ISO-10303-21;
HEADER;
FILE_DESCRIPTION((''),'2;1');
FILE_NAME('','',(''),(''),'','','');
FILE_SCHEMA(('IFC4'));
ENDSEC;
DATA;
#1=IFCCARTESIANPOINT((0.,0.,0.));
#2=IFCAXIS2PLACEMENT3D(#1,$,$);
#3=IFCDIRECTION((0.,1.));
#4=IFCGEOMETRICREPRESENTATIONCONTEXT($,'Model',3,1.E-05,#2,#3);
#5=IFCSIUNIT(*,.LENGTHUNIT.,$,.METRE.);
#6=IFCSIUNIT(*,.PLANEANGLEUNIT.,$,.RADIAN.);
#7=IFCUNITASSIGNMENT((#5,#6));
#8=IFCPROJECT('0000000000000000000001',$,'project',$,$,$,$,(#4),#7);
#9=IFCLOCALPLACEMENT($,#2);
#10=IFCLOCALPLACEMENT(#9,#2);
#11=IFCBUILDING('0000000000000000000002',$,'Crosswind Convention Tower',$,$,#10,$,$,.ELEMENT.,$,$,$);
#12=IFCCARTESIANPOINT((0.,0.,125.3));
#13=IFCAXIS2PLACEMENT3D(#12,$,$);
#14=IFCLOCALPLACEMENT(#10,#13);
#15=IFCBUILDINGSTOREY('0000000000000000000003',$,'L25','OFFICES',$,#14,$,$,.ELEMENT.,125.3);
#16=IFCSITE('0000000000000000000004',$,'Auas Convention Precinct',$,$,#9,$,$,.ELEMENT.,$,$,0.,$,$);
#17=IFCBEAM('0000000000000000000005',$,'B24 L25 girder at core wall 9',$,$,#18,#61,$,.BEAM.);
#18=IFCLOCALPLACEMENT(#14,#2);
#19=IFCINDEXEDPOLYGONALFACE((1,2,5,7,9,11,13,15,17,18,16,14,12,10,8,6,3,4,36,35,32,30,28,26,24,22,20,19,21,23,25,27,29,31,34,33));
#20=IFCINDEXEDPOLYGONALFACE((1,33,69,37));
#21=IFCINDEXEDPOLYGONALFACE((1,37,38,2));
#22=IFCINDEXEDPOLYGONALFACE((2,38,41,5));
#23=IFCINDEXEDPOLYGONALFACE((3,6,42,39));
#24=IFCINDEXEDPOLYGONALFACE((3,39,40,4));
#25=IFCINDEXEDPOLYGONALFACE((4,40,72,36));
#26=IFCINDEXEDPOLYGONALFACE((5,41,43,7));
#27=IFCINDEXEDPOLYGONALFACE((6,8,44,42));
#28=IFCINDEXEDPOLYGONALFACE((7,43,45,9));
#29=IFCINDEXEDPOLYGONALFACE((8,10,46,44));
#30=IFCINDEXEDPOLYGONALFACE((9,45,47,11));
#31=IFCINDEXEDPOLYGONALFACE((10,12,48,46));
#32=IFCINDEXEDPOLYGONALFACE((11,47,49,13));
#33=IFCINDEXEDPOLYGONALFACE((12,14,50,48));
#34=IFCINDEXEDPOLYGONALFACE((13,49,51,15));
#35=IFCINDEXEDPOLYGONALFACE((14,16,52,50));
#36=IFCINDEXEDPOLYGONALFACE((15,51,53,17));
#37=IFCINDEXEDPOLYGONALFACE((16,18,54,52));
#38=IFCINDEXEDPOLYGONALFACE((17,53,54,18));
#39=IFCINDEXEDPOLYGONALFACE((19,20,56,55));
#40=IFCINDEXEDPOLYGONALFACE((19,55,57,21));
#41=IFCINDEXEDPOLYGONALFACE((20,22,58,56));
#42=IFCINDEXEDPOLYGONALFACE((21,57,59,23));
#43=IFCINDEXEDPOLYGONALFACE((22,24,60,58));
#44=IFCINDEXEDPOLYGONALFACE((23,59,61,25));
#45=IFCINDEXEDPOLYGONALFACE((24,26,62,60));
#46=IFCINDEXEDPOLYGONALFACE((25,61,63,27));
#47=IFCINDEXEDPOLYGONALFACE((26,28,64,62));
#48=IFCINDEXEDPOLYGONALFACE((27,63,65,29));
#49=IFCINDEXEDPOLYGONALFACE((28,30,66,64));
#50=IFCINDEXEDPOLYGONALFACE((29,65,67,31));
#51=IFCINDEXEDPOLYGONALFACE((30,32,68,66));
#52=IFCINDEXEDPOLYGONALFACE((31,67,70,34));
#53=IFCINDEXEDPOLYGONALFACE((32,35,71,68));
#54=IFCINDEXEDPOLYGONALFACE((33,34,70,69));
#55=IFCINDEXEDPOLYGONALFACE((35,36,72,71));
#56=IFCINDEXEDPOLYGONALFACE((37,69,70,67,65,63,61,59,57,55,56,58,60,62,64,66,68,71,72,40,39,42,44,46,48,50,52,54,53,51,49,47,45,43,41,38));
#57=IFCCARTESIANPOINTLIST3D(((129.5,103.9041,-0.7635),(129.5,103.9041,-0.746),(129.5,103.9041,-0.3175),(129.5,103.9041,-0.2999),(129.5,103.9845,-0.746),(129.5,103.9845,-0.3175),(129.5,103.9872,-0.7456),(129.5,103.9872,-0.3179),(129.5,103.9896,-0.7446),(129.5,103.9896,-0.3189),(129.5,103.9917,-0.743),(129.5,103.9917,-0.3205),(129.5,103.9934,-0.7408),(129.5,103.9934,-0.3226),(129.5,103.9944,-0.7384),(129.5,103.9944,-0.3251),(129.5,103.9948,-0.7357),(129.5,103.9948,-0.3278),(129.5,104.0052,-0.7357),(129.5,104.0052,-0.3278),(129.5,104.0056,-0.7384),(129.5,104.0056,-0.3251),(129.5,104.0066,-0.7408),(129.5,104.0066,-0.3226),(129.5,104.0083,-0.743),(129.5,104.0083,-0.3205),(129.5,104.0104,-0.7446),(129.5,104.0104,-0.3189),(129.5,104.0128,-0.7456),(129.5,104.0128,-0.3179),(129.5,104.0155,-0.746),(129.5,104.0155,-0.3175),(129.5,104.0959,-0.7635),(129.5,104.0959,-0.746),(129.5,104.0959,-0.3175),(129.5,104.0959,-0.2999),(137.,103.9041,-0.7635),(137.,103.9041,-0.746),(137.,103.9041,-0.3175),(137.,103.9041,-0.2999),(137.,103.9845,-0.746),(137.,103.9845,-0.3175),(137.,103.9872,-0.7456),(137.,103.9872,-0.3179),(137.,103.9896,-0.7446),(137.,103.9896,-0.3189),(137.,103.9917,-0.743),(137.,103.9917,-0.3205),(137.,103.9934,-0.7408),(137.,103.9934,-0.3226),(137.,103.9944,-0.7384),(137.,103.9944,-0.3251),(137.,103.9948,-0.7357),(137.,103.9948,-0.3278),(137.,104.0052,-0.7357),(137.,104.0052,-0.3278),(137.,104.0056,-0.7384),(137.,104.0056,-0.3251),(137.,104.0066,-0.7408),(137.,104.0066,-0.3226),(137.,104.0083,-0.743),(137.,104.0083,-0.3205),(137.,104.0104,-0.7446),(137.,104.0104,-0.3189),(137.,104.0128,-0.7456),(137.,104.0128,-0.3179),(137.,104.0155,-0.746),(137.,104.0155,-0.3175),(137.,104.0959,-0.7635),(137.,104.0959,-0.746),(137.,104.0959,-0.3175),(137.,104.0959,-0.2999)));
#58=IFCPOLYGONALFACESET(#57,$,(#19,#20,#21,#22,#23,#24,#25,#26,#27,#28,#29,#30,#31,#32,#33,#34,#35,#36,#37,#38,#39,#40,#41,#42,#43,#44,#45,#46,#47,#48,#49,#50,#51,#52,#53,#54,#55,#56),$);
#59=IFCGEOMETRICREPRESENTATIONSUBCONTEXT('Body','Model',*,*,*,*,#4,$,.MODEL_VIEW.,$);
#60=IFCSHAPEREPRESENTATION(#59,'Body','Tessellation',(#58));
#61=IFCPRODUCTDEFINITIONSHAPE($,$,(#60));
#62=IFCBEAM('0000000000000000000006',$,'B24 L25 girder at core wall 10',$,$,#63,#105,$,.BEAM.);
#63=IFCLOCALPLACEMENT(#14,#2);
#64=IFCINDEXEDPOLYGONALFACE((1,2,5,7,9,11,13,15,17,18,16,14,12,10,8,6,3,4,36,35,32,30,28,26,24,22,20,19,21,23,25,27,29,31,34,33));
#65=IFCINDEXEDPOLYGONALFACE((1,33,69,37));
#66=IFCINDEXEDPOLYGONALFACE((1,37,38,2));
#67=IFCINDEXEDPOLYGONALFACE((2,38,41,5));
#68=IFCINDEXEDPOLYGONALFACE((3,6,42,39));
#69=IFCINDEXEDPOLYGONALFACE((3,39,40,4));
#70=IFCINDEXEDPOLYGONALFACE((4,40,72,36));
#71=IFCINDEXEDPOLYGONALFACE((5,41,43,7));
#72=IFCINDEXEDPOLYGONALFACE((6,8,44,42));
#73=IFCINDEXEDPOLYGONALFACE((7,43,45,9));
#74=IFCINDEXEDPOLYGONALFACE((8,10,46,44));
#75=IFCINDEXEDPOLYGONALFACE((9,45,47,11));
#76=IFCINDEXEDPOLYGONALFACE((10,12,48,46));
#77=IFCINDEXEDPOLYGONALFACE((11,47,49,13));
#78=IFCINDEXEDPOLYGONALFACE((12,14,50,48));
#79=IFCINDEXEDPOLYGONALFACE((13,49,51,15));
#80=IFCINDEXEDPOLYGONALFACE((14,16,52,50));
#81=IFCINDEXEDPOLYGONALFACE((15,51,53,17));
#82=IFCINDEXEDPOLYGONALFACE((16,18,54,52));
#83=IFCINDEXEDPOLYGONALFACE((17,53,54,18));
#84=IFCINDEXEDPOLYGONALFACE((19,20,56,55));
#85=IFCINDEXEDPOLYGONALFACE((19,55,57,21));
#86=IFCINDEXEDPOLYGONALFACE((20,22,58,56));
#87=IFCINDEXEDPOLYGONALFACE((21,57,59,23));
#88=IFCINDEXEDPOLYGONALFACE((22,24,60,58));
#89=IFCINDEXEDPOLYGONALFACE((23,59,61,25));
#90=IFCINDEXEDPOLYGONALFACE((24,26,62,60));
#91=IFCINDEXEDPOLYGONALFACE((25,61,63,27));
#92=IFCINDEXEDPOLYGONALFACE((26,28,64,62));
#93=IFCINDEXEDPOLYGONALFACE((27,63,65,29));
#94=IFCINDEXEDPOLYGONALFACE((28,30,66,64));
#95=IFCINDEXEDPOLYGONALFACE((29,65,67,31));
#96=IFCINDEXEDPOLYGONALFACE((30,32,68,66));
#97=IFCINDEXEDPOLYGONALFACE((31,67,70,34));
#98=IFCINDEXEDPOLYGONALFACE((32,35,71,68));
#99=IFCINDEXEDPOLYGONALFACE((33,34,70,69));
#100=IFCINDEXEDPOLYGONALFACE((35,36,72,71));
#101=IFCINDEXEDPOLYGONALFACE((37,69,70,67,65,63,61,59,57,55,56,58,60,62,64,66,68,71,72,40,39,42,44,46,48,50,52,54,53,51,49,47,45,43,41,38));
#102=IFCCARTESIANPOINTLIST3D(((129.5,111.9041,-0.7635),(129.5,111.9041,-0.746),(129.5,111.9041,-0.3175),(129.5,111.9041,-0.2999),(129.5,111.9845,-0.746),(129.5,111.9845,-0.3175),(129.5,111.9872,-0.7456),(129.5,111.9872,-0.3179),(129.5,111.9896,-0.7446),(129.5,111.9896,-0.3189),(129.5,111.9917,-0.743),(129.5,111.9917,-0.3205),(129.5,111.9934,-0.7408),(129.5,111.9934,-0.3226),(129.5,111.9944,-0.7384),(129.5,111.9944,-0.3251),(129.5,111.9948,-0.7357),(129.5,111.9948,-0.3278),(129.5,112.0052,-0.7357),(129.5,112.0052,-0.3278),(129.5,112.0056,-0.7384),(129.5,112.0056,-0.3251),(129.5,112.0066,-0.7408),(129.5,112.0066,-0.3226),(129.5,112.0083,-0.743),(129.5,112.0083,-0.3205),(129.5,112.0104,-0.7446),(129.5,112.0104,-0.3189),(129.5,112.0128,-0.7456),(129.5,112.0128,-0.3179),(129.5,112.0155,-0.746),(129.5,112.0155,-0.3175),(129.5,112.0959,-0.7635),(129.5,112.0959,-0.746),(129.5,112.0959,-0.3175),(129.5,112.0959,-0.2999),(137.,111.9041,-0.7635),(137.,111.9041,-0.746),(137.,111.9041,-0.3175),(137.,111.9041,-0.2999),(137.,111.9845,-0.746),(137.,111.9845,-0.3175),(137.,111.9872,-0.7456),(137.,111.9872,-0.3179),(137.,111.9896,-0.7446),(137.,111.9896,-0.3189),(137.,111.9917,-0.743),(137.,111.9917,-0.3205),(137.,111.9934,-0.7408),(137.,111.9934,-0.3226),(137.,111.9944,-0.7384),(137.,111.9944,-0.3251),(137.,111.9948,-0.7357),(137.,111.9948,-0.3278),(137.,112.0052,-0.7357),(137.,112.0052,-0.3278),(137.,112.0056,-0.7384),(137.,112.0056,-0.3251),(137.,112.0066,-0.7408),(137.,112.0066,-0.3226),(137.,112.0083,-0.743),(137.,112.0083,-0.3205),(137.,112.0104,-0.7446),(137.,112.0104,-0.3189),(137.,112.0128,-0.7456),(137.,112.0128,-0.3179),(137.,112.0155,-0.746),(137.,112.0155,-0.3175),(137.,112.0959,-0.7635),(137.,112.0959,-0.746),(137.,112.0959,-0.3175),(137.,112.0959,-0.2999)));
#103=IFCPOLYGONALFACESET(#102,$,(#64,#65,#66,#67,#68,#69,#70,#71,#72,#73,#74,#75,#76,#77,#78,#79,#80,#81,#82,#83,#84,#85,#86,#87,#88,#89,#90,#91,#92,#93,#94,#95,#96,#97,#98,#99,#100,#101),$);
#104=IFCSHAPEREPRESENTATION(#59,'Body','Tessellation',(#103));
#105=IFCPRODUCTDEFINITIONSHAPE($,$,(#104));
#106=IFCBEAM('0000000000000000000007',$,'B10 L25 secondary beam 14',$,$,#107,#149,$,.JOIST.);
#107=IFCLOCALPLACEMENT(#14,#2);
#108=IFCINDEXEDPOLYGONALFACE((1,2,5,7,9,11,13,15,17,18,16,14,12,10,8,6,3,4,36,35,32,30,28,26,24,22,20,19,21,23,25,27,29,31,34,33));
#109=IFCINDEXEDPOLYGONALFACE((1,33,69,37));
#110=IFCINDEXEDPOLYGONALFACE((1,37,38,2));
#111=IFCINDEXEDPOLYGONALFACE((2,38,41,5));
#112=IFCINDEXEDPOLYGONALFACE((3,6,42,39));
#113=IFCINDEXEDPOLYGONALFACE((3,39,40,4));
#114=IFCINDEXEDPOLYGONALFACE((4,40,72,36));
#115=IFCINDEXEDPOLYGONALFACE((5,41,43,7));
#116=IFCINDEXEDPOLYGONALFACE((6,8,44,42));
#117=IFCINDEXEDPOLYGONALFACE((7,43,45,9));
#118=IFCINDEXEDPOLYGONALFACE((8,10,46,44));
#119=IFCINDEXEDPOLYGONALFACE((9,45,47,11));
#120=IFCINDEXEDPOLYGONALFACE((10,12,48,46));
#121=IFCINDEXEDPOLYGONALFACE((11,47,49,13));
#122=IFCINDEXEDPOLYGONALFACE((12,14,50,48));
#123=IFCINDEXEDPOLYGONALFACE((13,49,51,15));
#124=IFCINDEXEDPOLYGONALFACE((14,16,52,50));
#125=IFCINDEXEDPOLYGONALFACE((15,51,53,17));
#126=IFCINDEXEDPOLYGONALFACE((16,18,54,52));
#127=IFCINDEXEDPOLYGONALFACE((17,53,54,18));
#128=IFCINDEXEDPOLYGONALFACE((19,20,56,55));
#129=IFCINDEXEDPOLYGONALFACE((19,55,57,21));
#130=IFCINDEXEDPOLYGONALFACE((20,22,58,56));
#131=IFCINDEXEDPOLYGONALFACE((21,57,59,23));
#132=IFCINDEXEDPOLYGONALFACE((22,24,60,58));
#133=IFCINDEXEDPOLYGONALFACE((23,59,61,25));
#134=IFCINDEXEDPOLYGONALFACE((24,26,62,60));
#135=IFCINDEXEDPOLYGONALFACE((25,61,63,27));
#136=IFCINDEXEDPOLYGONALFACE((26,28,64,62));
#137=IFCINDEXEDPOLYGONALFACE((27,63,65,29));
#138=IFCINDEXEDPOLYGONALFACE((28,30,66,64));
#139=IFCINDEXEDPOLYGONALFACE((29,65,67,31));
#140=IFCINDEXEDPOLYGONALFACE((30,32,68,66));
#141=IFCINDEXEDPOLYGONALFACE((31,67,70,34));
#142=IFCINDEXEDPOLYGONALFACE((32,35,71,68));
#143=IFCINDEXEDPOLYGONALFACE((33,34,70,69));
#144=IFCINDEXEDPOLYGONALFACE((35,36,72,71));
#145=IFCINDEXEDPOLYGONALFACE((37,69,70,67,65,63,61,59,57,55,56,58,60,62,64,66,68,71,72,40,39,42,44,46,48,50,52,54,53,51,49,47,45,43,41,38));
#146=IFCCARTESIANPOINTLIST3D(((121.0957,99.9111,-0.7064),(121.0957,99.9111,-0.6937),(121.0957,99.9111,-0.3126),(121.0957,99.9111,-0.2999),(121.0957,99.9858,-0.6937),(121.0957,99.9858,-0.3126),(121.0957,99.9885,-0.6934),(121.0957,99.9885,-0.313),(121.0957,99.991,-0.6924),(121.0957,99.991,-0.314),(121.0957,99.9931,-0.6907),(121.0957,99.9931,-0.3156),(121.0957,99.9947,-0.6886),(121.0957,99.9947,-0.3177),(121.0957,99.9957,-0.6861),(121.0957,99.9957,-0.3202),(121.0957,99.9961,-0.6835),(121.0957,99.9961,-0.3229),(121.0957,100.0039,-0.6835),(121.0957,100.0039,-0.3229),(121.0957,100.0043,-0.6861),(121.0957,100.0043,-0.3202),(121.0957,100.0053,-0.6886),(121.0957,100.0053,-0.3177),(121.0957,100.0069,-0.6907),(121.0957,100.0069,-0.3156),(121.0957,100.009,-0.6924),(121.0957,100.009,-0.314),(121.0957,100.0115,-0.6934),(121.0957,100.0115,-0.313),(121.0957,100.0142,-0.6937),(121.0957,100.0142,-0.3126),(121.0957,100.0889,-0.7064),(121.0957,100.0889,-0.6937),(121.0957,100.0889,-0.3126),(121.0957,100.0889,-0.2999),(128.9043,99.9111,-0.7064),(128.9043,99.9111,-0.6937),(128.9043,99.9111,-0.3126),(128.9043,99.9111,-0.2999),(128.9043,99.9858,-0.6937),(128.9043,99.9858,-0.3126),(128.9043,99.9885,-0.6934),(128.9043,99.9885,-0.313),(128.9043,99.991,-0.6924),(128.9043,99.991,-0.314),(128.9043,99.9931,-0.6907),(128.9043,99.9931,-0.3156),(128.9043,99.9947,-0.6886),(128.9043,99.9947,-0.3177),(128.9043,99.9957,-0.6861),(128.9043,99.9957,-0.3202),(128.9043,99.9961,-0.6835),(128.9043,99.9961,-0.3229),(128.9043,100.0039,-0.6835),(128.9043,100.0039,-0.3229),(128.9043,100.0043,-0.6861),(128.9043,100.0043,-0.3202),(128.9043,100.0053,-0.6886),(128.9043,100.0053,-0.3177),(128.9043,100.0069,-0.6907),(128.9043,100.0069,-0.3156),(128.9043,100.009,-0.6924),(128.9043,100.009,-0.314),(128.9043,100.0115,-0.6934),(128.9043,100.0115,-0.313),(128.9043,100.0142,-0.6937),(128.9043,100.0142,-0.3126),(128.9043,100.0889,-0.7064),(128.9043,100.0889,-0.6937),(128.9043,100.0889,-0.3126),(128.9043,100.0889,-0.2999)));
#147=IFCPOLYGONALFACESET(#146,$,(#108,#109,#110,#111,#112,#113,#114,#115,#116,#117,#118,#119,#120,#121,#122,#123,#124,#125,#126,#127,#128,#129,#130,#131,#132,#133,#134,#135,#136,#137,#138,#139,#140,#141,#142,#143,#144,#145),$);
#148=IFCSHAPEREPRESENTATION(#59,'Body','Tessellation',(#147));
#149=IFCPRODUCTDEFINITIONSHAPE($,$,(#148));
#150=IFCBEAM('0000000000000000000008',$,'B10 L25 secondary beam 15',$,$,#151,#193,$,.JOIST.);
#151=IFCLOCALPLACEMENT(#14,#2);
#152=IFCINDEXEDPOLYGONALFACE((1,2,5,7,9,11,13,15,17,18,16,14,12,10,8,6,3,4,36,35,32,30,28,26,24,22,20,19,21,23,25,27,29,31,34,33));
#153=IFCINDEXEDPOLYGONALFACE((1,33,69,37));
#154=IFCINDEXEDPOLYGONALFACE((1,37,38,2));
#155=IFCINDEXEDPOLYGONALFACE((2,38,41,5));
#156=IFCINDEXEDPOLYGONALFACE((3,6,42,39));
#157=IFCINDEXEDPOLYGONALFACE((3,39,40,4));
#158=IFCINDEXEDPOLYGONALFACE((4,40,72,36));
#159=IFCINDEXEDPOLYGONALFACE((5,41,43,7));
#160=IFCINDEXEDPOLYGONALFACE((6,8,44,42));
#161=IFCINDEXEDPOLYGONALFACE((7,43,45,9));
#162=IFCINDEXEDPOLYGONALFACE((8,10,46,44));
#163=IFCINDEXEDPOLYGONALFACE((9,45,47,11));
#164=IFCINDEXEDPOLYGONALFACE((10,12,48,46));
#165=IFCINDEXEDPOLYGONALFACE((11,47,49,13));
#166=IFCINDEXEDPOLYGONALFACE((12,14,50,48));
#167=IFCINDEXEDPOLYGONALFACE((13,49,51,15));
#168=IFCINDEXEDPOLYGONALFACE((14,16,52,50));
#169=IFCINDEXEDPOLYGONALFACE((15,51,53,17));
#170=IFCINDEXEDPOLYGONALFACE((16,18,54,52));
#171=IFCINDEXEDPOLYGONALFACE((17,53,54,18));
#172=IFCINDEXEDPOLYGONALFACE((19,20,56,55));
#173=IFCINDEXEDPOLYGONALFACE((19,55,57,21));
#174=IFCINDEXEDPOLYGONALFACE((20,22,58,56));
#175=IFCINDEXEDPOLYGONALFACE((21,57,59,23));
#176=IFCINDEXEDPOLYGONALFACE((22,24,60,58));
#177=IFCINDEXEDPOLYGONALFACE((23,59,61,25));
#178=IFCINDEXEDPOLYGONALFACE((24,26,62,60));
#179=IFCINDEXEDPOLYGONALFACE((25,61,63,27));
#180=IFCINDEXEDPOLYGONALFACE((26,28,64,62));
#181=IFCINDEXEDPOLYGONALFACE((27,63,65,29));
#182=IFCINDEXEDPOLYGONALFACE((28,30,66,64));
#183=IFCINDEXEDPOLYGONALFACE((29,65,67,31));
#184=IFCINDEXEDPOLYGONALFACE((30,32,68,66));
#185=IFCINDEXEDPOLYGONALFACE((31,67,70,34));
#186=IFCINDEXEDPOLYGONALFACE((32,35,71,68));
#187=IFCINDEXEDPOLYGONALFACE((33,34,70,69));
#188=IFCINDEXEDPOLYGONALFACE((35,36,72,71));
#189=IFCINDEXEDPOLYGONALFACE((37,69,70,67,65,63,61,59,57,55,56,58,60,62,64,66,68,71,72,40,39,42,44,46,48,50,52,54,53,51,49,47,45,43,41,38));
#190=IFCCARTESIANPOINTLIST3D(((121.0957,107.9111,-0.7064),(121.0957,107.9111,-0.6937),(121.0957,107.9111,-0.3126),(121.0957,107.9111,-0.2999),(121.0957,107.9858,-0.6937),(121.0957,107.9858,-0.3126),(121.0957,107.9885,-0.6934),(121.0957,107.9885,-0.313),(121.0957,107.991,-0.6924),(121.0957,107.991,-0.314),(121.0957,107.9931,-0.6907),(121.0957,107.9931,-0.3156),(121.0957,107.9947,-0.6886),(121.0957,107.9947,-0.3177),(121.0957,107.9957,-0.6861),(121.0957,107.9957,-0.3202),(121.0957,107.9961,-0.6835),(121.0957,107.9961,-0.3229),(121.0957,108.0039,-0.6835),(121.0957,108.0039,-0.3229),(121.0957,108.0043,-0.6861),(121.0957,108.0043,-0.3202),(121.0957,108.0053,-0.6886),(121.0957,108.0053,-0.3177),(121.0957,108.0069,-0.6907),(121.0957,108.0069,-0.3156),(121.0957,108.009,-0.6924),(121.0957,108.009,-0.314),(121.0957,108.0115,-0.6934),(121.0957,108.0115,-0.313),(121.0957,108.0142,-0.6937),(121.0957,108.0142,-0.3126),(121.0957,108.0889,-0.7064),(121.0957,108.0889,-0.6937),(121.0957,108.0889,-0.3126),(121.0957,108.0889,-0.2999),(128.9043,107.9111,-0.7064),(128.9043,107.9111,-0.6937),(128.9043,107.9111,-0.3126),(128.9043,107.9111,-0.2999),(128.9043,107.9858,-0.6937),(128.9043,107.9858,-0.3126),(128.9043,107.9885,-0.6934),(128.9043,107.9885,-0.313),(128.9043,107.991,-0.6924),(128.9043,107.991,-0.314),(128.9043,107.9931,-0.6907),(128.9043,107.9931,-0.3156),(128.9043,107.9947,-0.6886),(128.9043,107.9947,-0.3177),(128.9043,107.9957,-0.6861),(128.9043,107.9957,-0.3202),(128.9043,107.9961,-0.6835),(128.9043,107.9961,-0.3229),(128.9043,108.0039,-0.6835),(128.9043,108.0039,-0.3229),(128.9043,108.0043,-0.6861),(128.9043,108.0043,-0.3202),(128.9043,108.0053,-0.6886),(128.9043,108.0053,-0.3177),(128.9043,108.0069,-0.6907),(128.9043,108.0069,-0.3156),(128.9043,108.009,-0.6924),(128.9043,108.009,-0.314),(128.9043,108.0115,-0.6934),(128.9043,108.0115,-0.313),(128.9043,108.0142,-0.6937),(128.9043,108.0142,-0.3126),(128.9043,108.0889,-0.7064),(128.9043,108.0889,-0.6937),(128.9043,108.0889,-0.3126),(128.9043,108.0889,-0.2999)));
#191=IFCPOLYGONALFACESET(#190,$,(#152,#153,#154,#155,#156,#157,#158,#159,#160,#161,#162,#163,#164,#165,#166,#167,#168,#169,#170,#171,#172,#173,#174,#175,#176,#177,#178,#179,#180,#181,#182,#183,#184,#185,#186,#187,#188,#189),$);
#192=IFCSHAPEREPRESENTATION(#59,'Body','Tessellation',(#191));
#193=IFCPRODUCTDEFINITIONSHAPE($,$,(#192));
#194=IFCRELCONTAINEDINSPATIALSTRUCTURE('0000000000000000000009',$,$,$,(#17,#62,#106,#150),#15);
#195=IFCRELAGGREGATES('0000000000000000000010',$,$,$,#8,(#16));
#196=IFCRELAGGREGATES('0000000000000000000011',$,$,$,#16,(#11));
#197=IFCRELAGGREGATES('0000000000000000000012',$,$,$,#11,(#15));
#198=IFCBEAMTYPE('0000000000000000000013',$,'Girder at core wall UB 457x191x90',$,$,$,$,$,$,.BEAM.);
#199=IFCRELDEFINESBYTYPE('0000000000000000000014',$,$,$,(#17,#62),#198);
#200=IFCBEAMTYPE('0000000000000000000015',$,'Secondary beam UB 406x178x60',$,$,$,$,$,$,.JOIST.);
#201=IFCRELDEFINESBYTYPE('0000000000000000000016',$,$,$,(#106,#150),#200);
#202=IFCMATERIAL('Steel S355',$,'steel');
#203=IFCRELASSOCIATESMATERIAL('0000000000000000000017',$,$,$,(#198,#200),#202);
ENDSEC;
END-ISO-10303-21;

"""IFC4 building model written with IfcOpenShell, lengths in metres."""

from ifc_helpers import new_model, si_unit, direction, frame, origin, origin_2d, place, context, subcontext, project, spatial, i_section, extrude, material, material_profile, profile_set, type_object, element, save


model = new_model("IFC4")

# Units and contexts
model_context = context("Model", 3, precision=1e-05, world=origin(), true_north=direction((0.0, 1.0)))
body_context = subcontext(model_context, "Body", "Model", "MODEL_VIEW")
ifc_project = project(units=[si_unit("LENGTHUNIT", "METRE"), si_unit("PLANEANGLEUNIT", "RADIAN")], contexts=[model_context])

# Site, building, storey
site_placement = place(None, origin())
site = spatial("IfcSite", under=ifc_project, at=site_placement, Name="Auas Convention Precinct", CompositionType="ELEMENT", RefElevation=0.0)
building_placement = place(site_placement, origin())
building = spatial("IfcBuilding", under=site, at=building_placement, Name="Crosswind Convention Tower", CompositionType="ELEMENT")
storey_placement = place(building_placement, frame((0.0, 0.0, 125.3)))
storey = spatial("IfcBuildingStorey", under=building, at=storey_placement, Name="L25", Description="OFFICES", CompositionType="ELEMENT", Elevation=125.3)

# Beams
ifc_material_1 = material(Name="Steel S355", Category="steel")
ifc_material_profile_1 = material_profile(ifc_material_1, i_section(OverallWidth=0.1919, OverallDepth=0.4636, WebThickness=0.0105, FlangeThickness=0.0176, FilletRadius=0.0103, at=origin_2d()), Name="UB 457x191x90")
ifc_profile_set_1 = profile_set([ifc_material_profile_1], Name="Steel S355")
beam_type_1 = type_object("IfcBeamType", Name="Girder at core wall UB 457x191x90", PredefinedType="BEAM", material=ifc_profile_set_1)
for number, where, z_axis, x_axis, name in (
    (1, (129.5, 104.0, -0.5317), (1.0, 0.0, 0.0), (0.0, 1.0, 0.0), "B24 L25 girder at core wall 9"),
    (2, (129.5, 112.0, -0.5317), (1.0, 0.0, 0.0), (0.0, 1.0, 0.0), "B24 L25 girder at core wall 10"),
):
    element("IfcBeam", number, at=place(storey_placement, frame(where, z_axis=z_axis, x_axis=x_axis)), inside=storey, type_object=beam_type_1, Name=name, PredefinedType="BEAM", context=body_context, shape_type="SweptSolid", body=[
        extrude(i_section(OverallWidth=0.1919, OverallDepth=0.4636, WebThickness=0.0105, FlangeThickness=0.0176, FilletRadius=0.0103, at=origin_2d()), origin(), (0.0, 0.0, 1.0), 7.5),
    ])
ifc_material_profile_2 = material_profile(ifc_material_1, i_section(OverallWidth=0.1777, OverallDepth=0.4065, WebThickness=0.0078, FlangeThickness=0.0127, FilletRadius=0.0103, at=origin_2d()), Name="UB 406x178x60")
ifc_profile_set_2 = profile_set([ifc_material_profile_2], Name="Steel S355")
beam_type_2 = type_object("IfcBeamType", Name="Secondary beam UB 406x178x60", PredefinedType="JOIST", material=ifc_profile_set_2)
for number, where, z_axis, x_axis, name in (
    (3, (121.0957, 100.0, -0.5032), (1.0, 0.0, 0.0), (0.0, 1.0, 0.0), "B10 L25 secondary beam 14"),
    (4, (121.0957, 108.0, -0.5032), (1.0, 0.0, 0.0), (0.0, 1.0, 0.0), "B10 L25 secondary beam 15"),
):
    element("IfcBeam", number, at=place(storey_placement, frame(where, z_axis=z_axis, x_axis=x_axis)), inside=storey, type_object=beam_type_2, Name=name, PredefinedType="JOIST", context=body_context, shape_type="SweptSolid", body=[
        extrude(i_section(OverallWidth=0.1777, OverallDepth=0.4065, WebThickness=0.0078, FlangeThickness=0.0127, FilletRadius=0.0103, at=origin_2d()), origin(), (0.0, 0.0, 1.0), 7.8086),
    ])

save(model, "model.ifc")
